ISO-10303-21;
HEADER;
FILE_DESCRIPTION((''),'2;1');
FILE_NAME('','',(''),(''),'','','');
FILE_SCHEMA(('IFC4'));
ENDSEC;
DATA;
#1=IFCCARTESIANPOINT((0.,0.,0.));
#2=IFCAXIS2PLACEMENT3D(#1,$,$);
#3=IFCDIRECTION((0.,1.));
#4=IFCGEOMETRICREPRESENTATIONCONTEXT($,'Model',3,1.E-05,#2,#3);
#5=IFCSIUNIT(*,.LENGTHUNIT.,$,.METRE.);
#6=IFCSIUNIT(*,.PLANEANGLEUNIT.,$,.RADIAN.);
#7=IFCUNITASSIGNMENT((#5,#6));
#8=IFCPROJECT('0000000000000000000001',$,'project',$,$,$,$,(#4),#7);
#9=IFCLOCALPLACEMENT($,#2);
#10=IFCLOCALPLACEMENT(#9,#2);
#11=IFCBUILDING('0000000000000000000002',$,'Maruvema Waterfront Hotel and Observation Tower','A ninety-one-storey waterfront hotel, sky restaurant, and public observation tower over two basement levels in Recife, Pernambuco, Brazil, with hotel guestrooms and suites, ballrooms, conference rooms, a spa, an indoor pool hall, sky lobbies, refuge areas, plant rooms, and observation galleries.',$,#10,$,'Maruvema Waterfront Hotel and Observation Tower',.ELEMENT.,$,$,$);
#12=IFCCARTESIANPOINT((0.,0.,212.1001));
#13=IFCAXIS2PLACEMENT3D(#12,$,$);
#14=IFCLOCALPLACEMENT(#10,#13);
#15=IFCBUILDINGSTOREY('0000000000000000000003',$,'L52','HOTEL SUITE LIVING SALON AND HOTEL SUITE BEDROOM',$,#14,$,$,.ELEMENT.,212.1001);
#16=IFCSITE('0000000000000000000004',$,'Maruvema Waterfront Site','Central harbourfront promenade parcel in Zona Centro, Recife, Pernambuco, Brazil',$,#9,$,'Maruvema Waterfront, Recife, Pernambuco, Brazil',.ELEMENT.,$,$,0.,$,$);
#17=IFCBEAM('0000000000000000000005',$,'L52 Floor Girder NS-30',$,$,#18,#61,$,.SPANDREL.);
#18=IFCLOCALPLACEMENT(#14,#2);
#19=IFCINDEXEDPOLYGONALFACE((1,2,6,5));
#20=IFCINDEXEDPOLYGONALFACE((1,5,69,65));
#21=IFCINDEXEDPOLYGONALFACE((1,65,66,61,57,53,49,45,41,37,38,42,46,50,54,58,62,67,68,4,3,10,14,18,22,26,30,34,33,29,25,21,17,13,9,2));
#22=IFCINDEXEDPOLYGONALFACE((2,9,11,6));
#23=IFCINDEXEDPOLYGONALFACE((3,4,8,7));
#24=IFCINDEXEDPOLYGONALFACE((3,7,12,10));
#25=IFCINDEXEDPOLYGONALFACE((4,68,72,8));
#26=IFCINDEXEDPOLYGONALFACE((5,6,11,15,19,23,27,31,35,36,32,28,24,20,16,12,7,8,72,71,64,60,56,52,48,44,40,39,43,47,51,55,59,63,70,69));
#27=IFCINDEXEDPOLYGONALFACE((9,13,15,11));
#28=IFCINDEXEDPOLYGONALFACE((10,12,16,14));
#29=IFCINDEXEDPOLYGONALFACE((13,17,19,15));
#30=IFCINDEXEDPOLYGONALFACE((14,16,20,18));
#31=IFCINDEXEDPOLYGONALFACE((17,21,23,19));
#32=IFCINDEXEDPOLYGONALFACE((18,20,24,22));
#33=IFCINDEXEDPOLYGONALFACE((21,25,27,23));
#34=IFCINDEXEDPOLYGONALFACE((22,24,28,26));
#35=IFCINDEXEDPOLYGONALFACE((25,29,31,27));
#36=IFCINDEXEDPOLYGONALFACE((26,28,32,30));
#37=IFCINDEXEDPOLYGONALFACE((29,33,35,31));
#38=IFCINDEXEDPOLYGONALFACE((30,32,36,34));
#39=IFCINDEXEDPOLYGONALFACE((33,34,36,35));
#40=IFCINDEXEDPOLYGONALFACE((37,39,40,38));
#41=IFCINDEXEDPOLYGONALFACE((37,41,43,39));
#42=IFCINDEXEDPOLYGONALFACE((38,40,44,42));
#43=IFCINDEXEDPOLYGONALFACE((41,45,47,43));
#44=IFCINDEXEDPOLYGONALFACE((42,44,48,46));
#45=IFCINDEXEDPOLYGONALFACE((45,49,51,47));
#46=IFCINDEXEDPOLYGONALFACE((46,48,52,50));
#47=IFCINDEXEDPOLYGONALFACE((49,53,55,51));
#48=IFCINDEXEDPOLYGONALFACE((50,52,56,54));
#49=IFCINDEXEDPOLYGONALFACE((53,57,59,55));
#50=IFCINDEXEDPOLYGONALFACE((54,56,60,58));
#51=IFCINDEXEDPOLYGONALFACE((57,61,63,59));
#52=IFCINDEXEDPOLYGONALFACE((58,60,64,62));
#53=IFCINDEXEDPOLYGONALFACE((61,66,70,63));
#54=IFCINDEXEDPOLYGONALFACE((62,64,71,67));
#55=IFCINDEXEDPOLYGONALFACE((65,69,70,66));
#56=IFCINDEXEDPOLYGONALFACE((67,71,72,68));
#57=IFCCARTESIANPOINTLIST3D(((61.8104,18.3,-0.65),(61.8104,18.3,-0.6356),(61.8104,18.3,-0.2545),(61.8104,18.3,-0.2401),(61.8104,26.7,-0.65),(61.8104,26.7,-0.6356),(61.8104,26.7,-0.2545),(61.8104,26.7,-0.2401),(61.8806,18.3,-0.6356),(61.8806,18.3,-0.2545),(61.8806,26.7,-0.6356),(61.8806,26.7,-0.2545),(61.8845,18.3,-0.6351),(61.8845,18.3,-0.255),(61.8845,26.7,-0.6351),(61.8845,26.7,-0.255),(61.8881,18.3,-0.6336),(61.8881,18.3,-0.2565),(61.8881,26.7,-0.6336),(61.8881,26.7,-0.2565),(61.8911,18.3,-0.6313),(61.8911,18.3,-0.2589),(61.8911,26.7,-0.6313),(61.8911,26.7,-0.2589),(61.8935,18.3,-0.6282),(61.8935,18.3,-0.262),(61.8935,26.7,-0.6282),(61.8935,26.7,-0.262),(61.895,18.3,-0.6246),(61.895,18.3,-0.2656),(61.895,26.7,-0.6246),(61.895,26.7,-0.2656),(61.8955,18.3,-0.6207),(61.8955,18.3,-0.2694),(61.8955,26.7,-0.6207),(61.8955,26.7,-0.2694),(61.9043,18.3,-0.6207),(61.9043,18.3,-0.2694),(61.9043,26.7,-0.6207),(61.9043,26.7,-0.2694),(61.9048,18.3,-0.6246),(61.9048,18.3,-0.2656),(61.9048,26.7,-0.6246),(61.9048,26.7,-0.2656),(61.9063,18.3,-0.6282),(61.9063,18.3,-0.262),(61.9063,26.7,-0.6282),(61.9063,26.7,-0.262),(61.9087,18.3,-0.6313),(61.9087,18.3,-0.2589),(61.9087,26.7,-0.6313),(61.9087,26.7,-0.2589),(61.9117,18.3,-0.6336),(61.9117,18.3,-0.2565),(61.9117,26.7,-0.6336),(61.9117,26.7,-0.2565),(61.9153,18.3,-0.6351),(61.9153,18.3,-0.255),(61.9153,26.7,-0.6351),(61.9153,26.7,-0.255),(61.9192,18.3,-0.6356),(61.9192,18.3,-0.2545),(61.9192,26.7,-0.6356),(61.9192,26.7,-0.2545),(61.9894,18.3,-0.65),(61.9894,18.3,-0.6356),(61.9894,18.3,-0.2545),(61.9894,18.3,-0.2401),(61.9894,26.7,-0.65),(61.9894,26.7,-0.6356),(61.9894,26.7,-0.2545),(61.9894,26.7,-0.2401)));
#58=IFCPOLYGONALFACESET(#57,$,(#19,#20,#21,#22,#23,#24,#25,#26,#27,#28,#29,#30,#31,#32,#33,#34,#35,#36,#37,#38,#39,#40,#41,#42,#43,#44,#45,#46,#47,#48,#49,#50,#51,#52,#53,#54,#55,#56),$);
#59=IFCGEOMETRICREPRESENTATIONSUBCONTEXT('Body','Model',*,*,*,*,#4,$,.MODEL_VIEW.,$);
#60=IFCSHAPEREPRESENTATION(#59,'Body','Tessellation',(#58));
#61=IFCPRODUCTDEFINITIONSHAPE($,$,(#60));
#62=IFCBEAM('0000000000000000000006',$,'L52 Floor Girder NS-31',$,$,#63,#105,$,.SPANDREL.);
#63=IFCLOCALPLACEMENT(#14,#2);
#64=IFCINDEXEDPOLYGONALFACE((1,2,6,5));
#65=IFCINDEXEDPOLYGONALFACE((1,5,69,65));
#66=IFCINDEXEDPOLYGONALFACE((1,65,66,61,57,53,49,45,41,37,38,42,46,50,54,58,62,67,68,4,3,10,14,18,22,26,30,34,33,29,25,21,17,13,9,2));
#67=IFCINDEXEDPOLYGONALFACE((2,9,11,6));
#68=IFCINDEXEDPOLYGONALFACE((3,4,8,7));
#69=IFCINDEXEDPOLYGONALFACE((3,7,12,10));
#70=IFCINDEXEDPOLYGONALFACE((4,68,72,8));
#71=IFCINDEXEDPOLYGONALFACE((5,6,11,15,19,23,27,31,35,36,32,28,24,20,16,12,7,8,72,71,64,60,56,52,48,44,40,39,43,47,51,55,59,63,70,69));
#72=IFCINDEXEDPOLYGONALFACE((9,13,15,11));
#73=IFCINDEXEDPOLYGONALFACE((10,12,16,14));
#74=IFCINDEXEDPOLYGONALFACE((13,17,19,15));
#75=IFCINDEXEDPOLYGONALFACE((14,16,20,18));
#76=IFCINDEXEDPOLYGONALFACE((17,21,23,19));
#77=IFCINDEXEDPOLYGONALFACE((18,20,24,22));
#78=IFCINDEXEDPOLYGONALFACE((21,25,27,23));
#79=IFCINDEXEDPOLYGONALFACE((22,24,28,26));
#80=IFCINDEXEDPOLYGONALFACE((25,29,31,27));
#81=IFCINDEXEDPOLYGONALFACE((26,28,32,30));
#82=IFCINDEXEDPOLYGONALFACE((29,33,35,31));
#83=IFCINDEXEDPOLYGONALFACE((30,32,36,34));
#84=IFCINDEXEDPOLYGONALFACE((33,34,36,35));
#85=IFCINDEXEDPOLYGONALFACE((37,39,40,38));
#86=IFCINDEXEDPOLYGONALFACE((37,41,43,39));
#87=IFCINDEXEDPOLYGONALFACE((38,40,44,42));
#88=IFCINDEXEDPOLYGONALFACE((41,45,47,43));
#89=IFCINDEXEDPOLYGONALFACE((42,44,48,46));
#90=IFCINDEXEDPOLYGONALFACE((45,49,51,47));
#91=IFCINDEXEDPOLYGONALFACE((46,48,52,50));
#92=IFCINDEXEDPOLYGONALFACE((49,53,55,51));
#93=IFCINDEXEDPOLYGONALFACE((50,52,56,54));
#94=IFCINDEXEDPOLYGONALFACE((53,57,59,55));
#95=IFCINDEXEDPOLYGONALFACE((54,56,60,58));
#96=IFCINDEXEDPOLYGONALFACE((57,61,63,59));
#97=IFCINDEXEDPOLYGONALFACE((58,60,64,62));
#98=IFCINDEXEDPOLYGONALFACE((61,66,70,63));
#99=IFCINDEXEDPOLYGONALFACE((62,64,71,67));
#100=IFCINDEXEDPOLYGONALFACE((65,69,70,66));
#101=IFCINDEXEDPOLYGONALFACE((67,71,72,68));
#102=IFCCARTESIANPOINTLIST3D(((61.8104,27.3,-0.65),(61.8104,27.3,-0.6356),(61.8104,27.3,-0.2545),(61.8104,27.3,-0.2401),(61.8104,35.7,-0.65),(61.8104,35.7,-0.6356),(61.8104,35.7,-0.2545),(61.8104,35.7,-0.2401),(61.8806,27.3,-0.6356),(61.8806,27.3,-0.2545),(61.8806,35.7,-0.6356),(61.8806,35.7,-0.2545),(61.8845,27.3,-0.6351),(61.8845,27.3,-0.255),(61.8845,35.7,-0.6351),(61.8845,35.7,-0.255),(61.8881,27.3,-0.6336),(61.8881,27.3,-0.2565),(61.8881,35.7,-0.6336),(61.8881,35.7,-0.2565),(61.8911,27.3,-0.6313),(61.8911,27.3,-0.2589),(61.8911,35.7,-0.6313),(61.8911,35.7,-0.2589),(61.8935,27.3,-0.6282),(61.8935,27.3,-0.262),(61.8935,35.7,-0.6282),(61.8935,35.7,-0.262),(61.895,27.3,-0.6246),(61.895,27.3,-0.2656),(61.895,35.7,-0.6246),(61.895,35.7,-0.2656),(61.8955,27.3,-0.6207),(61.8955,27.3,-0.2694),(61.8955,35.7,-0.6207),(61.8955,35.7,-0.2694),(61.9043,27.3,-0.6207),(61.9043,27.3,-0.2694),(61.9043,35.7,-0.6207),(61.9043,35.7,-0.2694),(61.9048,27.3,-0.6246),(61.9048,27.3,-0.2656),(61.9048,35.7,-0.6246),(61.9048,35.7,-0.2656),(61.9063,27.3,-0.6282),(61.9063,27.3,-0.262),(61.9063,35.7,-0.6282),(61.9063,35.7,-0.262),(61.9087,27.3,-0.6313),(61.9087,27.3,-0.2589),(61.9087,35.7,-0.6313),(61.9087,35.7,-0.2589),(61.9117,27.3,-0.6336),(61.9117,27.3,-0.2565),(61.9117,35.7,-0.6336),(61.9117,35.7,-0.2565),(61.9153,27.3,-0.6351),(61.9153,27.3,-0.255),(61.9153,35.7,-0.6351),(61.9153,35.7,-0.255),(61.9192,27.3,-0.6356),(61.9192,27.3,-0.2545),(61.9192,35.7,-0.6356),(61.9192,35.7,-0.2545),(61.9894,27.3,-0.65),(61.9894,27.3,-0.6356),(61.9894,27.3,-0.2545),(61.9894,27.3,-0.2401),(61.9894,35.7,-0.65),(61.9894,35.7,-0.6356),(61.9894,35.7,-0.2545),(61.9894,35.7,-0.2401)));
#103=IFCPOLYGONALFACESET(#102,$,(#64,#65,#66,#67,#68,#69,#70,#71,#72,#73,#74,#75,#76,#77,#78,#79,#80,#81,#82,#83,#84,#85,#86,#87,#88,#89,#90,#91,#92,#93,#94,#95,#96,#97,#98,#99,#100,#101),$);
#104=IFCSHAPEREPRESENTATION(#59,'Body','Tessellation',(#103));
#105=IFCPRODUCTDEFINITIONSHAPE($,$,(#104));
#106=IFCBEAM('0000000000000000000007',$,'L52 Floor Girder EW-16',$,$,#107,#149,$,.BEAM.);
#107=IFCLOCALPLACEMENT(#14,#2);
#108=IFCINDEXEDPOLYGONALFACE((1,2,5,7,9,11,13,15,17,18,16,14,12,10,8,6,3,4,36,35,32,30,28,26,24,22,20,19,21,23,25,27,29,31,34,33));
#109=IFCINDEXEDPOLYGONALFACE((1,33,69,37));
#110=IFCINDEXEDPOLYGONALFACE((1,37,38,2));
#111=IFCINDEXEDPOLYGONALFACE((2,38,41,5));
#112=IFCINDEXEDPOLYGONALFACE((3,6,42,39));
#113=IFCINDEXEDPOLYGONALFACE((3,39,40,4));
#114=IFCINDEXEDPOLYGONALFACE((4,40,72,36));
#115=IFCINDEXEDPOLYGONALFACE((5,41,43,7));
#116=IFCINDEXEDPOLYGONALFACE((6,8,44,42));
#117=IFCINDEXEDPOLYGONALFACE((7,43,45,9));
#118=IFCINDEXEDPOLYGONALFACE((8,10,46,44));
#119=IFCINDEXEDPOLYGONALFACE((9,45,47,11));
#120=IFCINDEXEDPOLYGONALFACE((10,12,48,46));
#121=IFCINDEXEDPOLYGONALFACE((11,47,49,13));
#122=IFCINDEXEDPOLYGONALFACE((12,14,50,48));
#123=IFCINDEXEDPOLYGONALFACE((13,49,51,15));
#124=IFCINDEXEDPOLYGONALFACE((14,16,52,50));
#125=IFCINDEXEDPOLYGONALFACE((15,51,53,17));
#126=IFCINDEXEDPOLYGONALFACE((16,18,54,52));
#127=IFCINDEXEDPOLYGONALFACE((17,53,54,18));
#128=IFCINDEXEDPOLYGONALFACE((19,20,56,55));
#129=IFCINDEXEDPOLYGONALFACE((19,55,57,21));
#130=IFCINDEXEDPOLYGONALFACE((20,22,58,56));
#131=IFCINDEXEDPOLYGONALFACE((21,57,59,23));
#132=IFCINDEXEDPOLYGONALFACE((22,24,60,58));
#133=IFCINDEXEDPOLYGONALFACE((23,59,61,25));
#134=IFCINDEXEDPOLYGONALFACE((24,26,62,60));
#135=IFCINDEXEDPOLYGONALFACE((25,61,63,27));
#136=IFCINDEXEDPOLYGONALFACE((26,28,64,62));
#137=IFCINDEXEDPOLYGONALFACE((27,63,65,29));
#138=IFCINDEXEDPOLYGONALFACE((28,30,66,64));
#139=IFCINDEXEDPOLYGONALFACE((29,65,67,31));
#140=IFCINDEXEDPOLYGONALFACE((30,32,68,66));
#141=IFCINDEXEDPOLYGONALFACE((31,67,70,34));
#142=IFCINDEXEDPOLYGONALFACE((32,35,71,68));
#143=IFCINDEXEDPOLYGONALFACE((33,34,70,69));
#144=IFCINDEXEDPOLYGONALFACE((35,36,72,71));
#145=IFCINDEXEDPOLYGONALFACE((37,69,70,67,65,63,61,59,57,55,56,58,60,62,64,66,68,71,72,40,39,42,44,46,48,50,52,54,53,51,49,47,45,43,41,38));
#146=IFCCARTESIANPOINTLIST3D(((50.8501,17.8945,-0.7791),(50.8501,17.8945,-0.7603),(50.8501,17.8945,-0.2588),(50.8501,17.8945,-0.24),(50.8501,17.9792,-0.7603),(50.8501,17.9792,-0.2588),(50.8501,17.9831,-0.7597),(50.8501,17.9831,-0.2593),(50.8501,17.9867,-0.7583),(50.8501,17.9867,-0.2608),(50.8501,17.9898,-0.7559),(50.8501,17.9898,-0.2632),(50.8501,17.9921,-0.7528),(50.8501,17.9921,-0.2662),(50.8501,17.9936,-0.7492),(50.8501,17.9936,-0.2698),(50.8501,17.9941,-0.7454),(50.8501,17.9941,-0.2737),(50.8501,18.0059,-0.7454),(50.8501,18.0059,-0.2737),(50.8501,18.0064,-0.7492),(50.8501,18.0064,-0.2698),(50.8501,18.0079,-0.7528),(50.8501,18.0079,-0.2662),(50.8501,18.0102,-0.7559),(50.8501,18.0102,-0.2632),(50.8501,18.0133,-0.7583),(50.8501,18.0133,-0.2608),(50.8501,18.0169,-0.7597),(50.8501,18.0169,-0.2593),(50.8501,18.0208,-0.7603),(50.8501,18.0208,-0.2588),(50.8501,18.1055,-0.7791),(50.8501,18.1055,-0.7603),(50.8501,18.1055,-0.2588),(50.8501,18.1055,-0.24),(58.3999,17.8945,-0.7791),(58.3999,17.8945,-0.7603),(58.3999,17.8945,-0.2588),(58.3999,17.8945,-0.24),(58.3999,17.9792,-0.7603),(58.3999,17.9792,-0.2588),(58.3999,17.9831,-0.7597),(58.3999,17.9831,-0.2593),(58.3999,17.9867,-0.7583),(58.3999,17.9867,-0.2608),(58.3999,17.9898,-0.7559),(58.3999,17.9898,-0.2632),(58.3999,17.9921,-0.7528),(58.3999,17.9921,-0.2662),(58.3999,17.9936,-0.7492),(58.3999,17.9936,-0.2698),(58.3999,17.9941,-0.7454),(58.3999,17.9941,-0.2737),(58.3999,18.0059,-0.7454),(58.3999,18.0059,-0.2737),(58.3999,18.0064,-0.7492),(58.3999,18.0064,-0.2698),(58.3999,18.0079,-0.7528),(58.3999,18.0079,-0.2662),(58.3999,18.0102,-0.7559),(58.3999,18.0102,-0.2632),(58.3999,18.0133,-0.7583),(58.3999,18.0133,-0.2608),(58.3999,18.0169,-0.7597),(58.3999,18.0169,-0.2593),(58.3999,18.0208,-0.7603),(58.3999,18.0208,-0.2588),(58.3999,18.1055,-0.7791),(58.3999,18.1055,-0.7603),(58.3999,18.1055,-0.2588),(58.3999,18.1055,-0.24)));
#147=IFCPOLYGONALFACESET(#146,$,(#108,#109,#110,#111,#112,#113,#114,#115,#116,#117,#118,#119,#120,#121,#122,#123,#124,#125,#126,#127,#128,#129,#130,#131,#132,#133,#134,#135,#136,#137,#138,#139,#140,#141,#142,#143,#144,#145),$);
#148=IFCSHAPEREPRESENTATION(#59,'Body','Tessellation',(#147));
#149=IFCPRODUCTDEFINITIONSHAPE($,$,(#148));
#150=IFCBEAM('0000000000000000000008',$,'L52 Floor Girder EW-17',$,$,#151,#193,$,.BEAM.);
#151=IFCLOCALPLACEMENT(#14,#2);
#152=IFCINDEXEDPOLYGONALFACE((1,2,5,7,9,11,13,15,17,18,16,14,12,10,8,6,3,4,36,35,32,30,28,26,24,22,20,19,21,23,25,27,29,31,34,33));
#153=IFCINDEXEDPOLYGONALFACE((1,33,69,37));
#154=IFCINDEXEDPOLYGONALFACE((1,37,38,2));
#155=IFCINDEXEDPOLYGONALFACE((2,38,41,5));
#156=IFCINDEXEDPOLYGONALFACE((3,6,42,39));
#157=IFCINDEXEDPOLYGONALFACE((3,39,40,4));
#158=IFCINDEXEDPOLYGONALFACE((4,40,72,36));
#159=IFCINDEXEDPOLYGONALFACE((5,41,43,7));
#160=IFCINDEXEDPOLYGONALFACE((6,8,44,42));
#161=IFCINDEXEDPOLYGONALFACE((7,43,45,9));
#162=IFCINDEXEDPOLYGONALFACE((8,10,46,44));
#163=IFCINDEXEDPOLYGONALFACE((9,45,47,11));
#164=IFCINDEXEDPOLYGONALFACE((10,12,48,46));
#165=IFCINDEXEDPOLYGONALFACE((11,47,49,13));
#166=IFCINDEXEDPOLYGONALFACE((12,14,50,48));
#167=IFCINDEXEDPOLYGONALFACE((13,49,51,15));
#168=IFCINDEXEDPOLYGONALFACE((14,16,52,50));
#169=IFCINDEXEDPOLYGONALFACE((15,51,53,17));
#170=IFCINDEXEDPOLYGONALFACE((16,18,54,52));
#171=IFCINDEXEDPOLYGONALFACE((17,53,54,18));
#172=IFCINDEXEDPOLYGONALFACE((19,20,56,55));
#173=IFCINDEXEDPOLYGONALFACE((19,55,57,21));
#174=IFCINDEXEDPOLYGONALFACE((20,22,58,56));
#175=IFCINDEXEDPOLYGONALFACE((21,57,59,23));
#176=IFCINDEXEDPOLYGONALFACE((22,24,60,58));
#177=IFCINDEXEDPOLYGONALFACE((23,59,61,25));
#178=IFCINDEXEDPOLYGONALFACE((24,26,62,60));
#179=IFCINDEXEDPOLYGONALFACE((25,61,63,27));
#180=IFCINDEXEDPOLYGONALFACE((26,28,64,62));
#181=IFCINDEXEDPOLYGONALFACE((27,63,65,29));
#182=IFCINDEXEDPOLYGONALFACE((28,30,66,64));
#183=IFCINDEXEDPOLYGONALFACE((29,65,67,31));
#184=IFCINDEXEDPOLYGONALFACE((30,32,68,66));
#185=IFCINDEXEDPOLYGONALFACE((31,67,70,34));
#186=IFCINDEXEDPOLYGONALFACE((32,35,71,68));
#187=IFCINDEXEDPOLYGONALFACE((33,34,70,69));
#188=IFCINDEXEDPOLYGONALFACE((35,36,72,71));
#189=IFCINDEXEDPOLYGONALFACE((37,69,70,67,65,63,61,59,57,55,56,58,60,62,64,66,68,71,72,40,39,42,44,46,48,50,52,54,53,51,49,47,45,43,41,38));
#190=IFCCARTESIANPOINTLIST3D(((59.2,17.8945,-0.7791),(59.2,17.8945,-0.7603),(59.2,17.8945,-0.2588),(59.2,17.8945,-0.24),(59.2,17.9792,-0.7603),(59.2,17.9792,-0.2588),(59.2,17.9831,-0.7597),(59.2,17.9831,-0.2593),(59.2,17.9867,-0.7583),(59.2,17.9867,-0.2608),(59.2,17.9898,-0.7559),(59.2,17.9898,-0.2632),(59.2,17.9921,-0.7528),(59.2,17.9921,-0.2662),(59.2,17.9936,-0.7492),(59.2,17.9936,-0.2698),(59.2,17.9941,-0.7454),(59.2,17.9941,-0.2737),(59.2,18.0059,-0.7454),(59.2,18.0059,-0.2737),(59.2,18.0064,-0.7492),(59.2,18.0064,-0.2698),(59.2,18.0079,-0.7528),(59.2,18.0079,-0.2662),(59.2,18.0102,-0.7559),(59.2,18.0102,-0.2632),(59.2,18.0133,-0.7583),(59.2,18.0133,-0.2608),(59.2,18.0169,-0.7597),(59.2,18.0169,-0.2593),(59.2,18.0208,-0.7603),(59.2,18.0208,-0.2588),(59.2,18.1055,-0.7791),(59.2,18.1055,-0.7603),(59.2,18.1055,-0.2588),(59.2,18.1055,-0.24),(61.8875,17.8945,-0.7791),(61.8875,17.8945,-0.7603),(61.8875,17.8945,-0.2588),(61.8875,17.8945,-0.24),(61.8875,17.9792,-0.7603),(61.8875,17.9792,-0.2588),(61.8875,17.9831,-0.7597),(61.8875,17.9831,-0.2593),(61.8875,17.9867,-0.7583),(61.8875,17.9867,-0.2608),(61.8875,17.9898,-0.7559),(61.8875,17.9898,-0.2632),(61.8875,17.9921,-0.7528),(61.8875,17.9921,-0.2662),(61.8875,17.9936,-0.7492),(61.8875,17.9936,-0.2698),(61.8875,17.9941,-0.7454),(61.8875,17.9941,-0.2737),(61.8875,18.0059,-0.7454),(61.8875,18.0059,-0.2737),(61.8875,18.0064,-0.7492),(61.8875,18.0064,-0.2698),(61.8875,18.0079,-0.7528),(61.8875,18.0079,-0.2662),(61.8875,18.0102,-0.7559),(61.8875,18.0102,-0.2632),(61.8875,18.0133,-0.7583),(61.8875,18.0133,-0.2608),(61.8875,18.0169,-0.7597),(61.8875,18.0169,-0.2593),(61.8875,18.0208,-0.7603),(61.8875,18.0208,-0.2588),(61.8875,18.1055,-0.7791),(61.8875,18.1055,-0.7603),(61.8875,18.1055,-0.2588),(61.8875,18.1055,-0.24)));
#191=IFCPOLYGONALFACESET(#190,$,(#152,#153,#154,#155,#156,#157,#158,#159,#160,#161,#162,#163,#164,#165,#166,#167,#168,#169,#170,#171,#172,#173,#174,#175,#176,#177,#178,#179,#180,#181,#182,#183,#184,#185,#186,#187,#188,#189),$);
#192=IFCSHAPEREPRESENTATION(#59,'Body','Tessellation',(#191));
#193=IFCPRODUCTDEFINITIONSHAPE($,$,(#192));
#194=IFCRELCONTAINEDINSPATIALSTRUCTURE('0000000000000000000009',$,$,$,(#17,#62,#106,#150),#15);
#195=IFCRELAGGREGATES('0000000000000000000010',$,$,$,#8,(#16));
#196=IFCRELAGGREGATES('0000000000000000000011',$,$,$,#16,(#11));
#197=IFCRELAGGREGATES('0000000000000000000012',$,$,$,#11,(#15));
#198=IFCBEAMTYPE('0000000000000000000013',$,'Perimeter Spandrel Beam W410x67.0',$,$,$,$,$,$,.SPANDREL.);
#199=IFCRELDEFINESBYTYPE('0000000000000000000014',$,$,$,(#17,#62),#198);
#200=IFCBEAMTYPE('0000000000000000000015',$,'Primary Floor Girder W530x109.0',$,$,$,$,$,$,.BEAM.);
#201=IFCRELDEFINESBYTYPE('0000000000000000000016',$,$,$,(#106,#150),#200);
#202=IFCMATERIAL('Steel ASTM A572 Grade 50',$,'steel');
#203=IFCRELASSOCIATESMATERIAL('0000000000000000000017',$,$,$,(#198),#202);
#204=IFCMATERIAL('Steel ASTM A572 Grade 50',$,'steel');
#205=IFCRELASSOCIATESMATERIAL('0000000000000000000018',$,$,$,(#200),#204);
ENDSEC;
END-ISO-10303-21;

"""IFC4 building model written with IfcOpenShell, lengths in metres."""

from ifc_helpers import new_model, si_unit, direction, frame, origin, origin_2d, place, context, subcontext, project, spatial, i_section, extrude, material, material_profile, profile_set, type_object, element, save


model = new_model("IFC4")

# Units and contexts
model_context = context("Model", 3, precision=1e-05, world=origin(), true_north=direction((0.0, 1.0)))
body_context = subcontext(model_context, "Body", "Model", "MODEL_VIEW")
ifc_project = project(units=[si_unit("LENGTHUNIT", "METRE"), si_unit("PLANEANGLEUNIT", "RADIAN")], contexts=[model_context])

# Site, building, storey
site_placement = place(None, origin())
site = spatial("IfcSite", under=ifc_project, at=site_placement, Name="Maruvema Waterfront Site", Description="Central harbourfront promenade parcel in Zona Centro, Recife, Pernambuco, Brazil", LongName="Maruvema Waterfront, Recife, Pernambuco, Brazil", CompositionType="ELEMENT", RefElevation=0.0)
building_placement = place(site_placement, origin())
building = spatial("IfcBuilding", under=site, at=building_placement, Name="Maruvema Waterfront Hotel and Observation Tower", Description="A ninety-one-storey waterfront hotel, sky restaurant, and public observation tower over two basement levels in Recife, Pernambuco, Brazil, with hotel guestrooms and suites, ballrooms, conference rooms, a spa, an indoor pool hall, sky lobbies, refuge areas, plant rooms, and observation galleries.", LongName="Maruvema Waterfront Hotel and Observation Tower", CompositionType="ELEMENT")
storey_placement = place(building_placement, frame((0.0, 0.0, 212.1001)))
storey = spatial("IfcBuildingStorey", under=building, at=storey_placement, Name="L52", Description="HOTEL SUITE LIVING SALON AND HOTEL SUITE BEDROOM", CompositionType="ELEMENT", Elevation=212.1001)

# Beams
ifc_material_1 = material(Name="Steel ASTM A572 Grade 50", Category="steel")
ifc_material_profile_1 = material_profile(ifc_material_1, i_section(OverallWidth=0.179, OverallDepth=0.4099, WebThickness=0.0088, FlangeThickness=0.0144, FilletRadius=0.0149, at=origin_2d()), Name="W410x67.0")
ifc_profile_set_1 = profile_set([ifc_material_profile_1], Name="Steel ASTM A572 Grade 50")
beam_type_1 = type_object("IfcBeamType", Name="Perimeter Spandrel Beam W410x67.0", PredefinedType="SPANDREL", material=ifc_profile_set_1)
for number, where, z_axis, x_axis, name in (
    (1, (61.8999, 18.3, -0.4451), (0.0, 1.0, 0.0), (-1.0, 0.0, 0.0), "L52 Floor Girder NS-30"),
    (2, (61.8999, 27.3, -0.4451), (0.0, 1.0, 0.0), (-1.0, 0.0, 0.0), "L52 Floor Girder NS-31"),
):
    element("IfcBeam", number, at=place(storey_placement, frame(where, z_axis=z_axis, x_axis=x_axis)), inside=storey, type_object=beam_type_1, Name=name, PredefinedType="SPANDREL", context=body_context, shape_type="SweptSolid", body=[
        extrude(i_section(OverallWidth=0.179, OverallDepth=0.4099, WebThickness=0.0088, FlangeThickness=0.0144, FilletRadius=0.0149, at=origin_2d()), origin(), (0.0, 0.0, 1.0), 8.3999),
    ])
ifc_material_2 = material(Name="Steel ASTM A572 Grade 50", Category="steel")
ifc_material_profile_2 = material_profile(ifc_material_2, i_section(OverallWidth=0.2109, OverallDepth=0.5391, WebThickness=0.0117, FlangeThickness=0.0188, FilletRadius=0.0149, at=origin_2d()), Name="W530x109.0")
ifc_profile_set_2 = profile_set([ifc_material_profile_2], Name="Steel ASTM A572 Grade 50")
beam_type_2 = type_object("IfcBeamType", Name="Primary Floor Girder W530x109.0", PredefinedType="BEAM", material=ifc_profile_set_2)
beam_1_placement = place(storey_placement, frame((50.8501, 18.0, -0.5095), z_axis=(1.0, 0.0, 0.0), x_axis=(0.0, 1.0, 0.0)))
element("IfcBeam", 3, at=beam_1_placement, inside=storey, type_object=beam_type_2, Name="L52 Floor Girder EW-16", PredefinedType="BEAM", context=body_context, shape_type="SweptSolid", body=[
    extrude(i_section(OverallWidth=0.2109, OverallDepth=0.5391, WebThickness=0.0117, FlangeThickness=0.0188, FilletRadius=0.0149, at=origin_2d()), origin(), (0.0, 0.0, 1.0), 7.5498),
])
beam_2_placement = place(storey_placement, frame((59.2, 18.0, -0.5095), z_axis=(1.0, 0.0, 0.0), x_axis=(0.0, 1.0, 0.0)))
element("IfcBeam", 4, at=beam_2_placement, inside=storey, type_object=beam_type_2, Name="L52 Floor Girder EW-17", PredefinedType="BEAM", context=body_context, shape_type="SweptSolid", body=[
    extrude(i_section(OverallWidth=0.2109, OverallDepth=0.5391, WebThickness=0.0117, FlangeThickness=0.0188, FilletRadius=0.0149, at=origin_2d()), origin(), (0.0, 0.0, 1.0), 2.6875),
])

save(model, "model.ifc")
